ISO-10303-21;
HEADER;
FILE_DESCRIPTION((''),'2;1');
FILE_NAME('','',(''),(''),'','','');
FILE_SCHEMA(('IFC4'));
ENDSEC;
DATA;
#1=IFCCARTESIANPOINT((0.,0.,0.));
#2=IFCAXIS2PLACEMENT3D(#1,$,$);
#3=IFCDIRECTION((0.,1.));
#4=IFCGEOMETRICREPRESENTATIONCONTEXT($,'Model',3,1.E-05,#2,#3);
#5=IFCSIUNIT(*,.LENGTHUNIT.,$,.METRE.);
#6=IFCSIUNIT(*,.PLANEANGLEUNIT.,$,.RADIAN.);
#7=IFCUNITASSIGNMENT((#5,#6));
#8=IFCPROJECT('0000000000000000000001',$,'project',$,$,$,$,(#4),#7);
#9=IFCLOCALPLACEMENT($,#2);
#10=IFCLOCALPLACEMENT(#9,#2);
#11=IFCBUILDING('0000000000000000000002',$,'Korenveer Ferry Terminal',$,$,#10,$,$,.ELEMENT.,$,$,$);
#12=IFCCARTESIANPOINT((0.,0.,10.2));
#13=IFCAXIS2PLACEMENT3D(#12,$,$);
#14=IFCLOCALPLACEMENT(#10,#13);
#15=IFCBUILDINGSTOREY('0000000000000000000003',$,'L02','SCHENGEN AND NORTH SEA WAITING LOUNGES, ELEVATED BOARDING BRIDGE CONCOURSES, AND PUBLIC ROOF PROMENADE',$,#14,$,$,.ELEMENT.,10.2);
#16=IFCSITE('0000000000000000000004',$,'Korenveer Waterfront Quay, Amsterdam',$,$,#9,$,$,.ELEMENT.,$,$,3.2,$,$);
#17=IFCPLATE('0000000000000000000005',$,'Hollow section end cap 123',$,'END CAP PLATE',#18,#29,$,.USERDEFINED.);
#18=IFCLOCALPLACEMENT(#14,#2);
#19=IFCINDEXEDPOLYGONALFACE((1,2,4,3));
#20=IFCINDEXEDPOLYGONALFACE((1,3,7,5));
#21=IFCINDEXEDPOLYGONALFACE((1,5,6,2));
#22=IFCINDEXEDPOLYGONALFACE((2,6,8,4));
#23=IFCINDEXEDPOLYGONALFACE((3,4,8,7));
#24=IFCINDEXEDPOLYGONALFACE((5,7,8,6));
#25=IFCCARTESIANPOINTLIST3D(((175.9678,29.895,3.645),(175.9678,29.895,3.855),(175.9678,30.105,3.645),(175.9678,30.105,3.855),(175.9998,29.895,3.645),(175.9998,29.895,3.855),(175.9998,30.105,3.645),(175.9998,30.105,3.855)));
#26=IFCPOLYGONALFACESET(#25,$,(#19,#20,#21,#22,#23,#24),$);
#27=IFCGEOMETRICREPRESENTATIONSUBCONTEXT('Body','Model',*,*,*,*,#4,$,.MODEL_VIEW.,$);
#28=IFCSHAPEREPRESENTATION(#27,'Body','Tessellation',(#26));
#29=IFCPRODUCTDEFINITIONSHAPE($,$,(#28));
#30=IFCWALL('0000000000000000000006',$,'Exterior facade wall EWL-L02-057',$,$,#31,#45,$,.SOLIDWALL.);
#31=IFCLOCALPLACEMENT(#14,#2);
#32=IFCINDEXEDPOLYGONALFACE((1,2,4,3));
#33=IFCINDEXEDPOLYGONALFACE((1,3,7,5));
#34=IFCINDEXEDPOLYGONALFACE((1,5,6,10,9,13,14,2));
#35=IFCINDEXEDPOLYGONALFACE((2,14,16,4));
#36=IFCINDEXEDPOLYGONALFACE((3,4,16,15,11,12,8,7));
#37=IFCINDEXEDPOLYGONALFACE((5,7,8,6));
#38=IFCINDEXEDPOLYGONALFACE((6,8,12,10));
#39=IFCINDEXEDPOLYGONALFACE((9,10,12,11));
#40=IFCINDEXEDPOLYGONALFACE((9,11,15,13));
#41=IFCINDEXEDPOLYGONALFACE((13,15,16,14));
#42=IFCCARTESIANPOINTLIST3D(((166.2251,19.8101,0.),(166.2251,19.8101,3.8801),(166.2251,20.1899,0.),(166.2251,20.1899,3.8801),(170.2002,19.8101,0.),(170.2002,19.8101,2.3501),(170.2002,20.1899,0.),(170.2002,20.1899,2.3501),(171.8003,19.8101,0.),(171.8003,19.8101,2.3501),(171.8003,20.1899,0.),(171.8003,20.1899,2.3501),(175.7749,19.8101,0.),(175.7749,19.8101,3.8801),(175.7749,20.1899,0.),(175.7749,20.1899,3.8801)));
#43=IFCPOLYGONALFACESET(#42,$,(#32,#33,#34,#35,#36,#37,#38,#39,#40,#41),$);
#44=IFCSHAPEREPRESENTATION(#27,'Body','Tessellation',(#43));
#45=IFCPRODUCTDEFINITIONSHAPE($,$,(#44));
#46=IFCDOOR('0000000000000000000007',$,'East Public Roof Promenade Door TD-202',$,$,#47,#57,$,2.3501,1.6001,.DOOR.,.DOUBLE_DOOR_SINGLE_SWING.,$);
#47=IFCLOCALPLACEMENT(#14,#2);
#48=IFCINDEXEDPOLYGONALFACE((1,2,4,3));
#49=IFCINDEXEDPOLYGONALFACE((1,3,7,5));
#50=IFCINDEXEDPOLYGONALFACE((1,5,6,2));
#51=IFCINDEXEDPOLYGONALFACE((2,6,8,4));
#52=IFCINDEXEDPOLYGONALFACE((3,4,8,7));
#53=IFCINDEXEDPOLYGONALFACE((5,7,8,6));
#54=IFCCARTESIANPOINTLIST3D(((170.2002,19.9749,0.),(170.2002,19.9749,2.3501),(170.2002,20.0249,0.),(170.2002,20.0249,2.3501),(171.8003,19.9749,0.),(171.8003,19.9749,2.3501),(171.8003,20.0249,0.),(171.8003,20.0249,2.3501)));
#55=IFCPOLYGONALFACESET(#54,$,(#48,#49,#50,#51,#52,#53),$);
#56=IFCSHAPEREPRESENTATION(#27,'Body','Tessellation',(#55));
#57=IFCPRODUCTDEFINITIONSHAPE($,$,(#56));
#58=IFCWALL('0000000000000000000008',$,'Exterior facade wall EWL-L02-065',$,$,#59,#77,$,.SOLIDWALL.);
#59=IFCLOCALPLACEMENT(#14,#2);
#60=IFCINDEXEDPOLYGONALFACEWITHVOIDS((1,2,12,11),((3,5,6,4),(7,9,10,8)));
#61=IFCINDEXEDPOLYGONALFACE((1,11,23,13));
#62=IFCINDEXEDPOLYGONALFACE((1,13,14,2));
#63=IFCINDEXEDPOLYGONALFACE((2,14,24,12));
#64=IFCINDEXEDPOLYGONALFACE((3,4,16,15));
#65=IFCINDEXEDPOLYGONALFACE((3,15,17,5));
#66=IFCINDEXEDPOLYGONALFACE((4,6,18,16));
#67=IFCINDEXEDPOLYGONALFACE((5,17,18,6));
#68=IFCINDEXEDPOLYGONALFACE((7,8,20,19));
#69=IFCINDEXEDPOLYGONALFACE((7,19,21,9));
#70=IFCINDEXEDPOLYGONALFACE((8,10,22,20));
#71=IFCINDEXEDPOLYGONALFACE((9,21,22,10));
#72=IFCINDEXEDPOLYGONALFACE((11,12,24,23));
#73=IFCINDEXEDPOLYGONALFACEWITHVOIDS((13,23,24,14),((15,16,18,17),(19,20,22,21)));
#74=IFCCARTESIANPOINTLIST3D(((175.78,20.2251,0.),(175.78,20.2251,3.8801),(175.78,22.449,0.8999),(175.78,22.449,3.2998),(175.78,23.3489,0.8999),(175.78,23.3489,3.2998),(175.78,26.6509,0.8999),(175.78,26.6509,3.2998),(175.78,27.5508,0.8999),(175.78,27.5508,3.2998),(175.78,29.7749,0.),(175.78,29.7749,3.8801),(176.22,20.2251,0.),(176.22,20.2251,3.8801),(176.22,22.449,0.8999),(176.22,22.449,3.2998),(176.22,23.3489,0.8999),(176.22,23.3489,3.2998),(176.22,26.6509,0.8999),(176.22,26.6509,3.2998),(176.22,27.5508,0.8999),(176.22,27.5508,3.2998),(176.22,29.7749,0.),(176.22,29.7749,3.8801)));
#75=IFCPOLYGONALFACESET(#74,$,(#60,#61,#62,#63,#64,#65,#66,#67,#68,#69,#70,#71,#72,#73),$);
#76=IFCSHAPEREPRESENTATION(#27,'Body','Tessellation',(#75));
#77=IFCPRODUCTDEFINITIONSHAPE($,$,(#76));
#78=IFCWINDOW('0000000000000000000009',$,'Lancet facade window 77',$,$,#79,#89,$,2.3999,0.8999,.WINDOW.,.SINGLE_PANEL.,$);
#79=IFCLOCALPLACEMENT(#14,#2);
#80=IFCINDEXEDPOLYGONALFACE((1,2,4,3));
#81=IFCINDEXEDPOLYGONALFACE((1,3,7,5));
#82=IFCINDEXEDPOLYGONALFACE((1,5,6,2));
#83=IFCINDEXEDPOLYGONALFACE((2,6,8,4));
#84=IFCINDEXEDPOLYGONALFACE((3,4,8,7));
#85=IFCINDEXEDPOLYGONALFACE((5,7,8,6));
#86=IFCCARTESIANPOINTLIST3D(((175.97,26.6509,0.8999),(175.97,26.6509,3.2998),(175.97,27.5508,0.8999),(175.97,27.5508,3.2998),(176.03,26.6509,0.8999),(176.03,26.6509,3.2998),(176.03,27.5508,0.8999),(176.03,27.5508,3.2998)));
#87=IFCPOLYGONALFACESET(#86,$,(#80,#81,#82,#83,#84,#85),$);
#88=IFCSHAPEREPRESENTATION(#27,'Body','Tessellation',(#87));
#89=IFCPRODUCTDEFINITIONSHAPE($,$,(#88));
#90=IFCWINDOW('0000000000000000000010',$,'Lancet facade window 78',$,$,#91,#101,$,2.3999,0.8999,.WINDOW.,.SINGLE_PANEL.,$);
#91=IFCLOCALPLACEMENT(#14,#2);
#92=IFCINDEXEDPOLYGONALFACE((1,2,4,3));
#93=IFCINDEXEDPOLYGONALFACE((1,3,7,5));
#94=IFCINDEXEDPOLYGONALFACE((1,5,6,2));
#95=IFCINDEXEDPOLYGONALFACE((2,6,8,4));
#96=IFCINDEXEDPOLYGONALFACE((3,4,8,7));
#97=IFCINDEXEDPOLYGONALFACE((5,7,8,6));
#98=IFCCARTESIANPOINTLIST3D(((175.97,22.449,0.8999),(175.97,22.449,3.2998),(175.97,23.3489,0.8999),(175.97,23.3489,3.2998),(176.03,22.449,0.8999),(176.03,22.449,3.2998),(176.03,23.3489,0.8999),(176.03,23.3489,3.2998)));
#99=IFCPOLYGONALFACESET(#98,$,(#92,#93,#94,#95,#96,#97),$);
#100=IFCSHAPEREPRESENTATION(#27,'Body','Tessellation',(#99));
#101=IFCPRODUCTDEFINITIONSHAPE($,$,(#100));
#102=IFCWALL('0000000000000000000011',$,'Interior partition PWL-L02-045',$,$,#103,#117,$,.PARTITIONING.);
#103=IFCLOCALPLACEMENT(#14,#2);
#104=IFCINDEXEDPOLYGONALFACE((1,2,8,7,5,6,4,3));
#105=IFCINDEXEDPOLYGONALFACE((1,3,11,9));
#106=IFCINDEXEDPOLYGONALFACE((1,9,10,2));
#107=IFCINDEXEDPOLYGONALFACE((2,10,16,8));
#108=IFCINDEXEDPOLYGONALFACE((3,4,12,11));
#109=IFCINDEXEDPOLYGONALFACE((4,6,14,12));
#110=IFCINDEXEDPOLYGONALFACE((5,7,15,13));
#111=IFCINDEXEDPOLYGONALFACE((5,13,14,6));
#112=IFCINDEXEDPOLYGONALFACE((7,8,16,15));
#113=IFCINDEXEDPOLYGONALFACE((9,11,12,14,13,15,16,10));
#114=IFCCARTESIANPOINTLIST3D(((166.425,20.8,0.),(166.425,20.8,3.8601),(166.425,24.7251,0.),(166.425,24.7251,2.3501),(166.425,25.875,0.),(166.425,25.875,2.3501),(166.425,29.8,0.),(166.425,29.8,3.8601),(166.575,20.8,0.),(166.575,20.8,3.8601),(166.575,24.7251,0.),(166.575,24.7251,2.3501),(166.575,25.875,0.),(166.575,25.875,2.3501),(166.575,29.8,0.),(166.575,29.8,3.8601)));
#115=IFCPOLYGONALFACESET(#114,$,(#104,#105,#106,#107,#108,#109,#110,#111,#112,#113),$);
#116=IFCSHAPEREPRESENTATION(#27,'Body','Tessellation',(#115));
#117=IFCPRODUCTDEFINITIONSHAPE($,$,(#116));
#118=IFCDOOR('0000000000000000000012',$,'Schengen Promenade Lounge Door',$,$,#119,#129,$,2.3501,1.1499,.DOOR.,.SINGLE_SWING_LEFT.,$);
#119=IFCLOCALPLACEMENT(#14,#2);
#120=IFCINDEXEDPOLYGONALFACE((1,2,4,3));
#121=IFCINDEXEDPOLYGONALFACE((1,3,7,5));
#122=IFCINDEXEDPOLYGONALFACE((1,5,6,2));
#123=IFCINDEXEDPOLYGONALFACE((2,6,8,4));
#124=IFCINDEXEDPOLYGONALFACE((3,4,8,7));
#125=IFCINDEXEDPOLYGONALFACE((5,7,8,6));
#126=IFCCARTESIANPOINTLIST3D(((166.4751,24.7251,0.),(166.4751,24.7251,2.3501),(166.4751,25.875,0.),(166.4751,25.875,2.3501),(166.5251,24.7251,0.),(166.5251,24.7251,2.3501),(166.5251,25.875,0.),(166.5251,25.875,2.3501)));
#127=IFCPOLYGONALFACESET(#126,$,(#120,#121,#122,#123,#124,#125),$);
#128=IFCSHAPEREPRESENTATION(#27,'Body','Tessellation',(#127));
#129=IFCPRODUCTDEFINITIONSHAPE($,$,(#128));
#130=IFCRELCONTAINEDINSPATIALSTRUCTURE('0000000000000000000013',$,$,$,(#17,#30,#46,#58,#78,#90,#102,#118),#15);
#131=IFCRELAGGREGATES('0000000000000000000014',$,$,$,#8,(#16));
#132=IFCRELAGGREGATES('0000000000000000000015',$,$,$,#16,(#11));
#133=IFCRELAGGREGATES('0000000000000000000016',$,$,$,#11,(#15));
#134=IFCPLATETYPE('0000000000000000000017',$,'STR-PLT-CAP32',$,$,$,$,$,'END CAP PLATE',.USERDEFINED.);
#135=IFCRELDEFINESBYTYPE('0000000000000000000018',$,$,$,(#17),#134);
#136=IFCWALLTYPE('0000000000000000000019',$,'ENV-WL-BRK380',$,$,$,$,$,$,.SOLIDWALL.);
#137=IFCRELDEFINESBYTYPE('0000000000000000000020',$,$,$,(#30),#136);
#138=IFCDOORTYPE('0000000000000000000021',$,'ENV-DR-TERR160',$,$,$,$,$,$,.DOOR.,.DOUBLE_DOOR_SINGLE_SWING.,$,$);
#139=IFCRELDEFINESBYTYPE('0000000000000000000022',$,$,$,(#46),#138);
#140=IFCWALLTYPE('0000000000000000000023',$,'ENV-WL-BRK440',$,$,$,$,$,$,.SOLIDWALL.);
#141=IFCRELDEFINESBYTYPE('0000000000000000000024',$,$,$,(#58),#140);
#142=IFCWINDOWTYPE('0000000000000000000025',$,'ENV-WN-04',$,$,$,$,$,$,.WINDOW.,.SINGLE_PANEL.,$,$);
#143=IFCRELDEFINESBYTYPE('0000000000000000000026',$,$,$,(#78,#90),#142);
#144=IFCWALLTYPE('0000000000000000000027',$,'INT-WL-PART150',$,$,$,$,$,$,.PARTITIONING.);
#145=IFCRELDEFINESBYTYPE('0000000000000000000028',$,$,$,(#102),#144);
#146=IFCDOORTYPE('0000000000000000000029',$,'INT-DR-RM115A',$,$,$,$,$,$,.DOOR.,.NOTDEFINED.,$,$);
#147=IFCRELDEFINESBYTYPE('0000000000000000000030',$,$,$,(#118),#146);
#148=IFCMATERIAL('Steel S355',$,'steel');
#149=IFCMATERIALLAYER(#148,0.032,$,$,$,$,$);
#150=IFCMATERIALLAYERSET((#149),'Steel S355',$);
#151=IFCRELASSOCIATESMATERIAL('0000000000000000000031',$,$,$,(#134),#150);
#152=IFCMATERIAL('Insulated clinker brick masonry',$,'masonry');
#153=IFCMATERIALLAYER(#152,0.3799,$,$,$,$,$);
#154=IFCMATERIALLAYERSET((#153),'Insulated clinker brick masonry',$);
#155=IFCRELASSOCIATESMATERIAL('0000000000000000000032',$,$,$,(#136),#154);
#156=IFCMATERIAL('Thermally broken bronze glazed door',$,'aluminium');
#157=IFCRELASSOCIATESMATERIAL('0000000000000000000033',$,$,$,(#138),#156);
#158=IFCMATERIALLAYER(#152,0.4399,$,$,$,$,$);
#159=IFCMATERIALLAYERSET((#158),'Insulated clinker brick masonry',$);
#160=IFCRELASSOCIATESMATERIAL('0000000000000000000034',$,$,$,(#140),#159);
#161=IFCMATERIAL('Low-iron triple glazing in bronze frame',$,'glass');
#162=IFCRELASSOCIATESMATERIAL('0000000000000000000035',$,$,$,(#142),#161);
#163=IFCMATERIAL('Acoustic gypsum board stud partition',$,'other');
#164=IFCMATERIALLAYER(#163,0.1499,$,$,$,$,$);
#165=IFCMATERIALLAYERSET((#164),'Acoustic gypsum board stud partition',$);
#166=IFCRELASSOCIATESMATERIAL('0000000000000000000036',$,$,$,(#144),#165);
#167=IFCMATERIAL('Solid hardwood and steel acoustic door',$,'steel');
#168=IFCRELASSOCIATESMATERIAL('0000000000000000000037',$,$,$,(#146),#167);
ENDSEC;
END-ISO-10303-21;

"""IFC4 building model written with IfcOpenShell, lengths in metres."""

from ifc_helpers import new_model, si_unit, direction, frame, frame_2d, origin, origin_2d, place, context, subcontext, project, spatial, rectangle, extrude, material, layer, layer_set, type_object, element, fill, save


model = new_model("IFC4")

# Units and contexts
model_context = context("Model", 3, precision=1e-05, world=origin(), true_north=direction((0.0, 1.0)))
body_context = subcontext(model_context, "Body", "Model", "MODEL_VIEW")
ifc_project = project(units=[si_unit("LENGTHUNIT", "METRE"), si_unit("PLANEANGLEUNIT", "RADIAN")], contexts=[model_context])

# Site, building, storey
site_placement = place(None, origin())
site = spatial("IfcSite", under=ifc_project, at=site_placement, Name="Korenveer Waterfront Quay, Amsterdam", CompositionType="ELEMENT", RefElevation=3.2)
building_placement = place(site_placement, origin())
building = spatial("IfcBuilding", under=site, at=building_placement, Name="Korenveer Ferry Terminal", CompositionType="ELEMENT")
storey_placement = place(building_placement, frame((0.0, 0.0, 10.2)))
storey = spatial("IfcBuildingStorey", under=building, at=storey_placement, Name="L02", Description="SCHENGEN AND NORTH SEA WAITING LOUNGES, ELEVATED BOARDING BRIDGE CONCOURSES, AND PUBLIC ROOF PROMENADE", CompositionType="ELEMENT", Elevation=10.2)

# Shared definitions
ifc_material_1 = material(Name="Steel S355", Category="steel")

# Plate
ifc_layer_1 = layer(ifc_material_1, 0.032)
ifc_layer_set_1 = layer_set([ifc_layer_1], Name="Steel S355")
plate_type_1 = type_object("IfcPlateType", Name="STR-PLT-CAP32", ElementType="END CAP PLATE", PredefinedType="USERDEFINED", material=ifc_layer_set_1)
for number, where, z_axis, x_axis, name in (
    (1, (175.9678, 30.0, 3.75), (1.0, 0.0, 0.0), (0.0, 1.0, 0.0), "Hollow section end cap 123"),
):
    element("IfcPlate", number, at=place(storey_placement, frame(where, z_axis=z_axis, x_axis=x_axis)), inside=storey, type_object=plate_type_1, Name=name, ObjectType="END CAP PLATE", PredefinedType="USERDEFINED", context=body_context, shape_type="SweptSolid", body=[
        extrude(rectangle(XDim=0.21, YDim=0.21, at=origin_2d()), origin(), (0.0, 0.0, 1.0), 0.032),
    ])

# Wall, opening, door
ifc_material_2 = material(Name="Insulated clinker brick masonry", Category="masonry")
ifc_layer_2 = layer(ifc_material_2, 0.3799)
ifc_layer_set_2 = layer_set([ifc_layer_2], Name="Insulated clinker brick masonry")
wall_type_1 = type_object("IfcWallType", Name="ENV-WL-BRK380", PredefinedType="SOLIDWALL", material=ifc_layer_set_2)
wall_1_placement = place(storey_placement, frame((166.2251, 20.0, 0.0), z_axis=(0.0, 0.0, 1.0), x_axis=(1.0, 0.0, 0.0)))
wall_1 = element("IfcWall", 2, at=wall_1_placement, inside=storey, type_object=wall_type_1, Name="Exterior facade wall EWL-L02-057", PredefinedType="SOLIDWALL", context=body_context, shape_type="SweptSolid", body=[
    extrude(rectangle(XDim=9.5498, YDim=0.3799, at=frame_2d((4.7749, 0.0))), origin(), (0.0, 0.0, 1.0), 3.8801),
])
opening_1_placement = place(wall_1_placement, frame((3.9751, 0.0, 0.0)))
opening_1 = element("IfcOpeningElement", 3, at=opening_1_placement, cuts=wall_1, PredefinedType="OPENING", context=body_context, shape_type="SweptSolid", body=[
    extrude(rectangle(XDim=1.6001, YDim=2.3501, at=frame_2d((0.8, 1.175))), frame((0.0, 0.2, 0.0), z_axis=(0.0, -1.0, 0.0), x_axis=(1.0, 0.0, 0.0)), (0.0, 0.0, 1.0), 0.3999),
])
ifc_material_3 = material(Name="Thermally broken bronze glazed door", Category="aluminium")
door_type_1 = type_object("IfcDoorType", Name="ENV-DR-TERR160", OperationType="DOUBLE_DOOR_SINGLE_SWING", PredefinedType="DOOR", material=ifc_material_3)
door_1_placement = place(opening_1_placement, origin())
door_1 = element("IfcDoor", 4, at=door_1_placement, inside=storey, type_object=door_type_1, Name="East Public Roof Promenade Door TD-202", OperationType="DOUBLE_DOOR_SINGLE_SWING", OverallHeight=2.3501, OverallWidth=1.6001, PredefinedType="DOOR", context=body_context, shape_type="SweptSolid", body=[
    extrude(rectangle(XDim=1.6001, YDim=2.3501, at=frame_2d((0.8, 1.175))), frame((0.0, 0.0249, 0.0), z_axis=(0.0, -1.0, 0.0), x_axis=(1.0, 0.0, 0.0)), (0.0, 0.0, 1.0), 0.05),
])
fill(opening_1, door_1)

# Wall, openings, windows
ifc_layer_3 = layer(ifc_material_2, 0.4399)
ifc_layer_set_3 = layer_set([ifc_layer_3], Name="Insulated clinker brick masonry")
wall_type_2 = type_object("IfcWallType", Name="ENV-WL-BRK440", PredefinedType="SOLIDWALL", material=ifc_layer_set_3)
wall_2_placement = place(storey_placement, frame((176.0, 29.7749, 0.0), z_axis=(0.0, 0.0, 1.0), x_axis=(0.0, -1.0, 0.0)))
wall_2 = element("IfcWall", 5, at=wall_2_placement, inside=storey, type_object=wall_type_2, Name="Exterior facade wall EWL-L02-065", PredefinedType="SOLIDWALL", context=body_context, shape_type="SweptSolid", body=[
    extrude(rectangle(XDim=9.5498, YDim=0.4399, at=frame_2d((4.7749, 0.0))), origin(), (0.0, 0.0, 1.0), 3.8801),
])
opening_2_placement = place(wall_2_placement, frame((2.2241, 0.0, 0.8999)))
opening_2 = element("IfcOpeningElement", 6, at=opening_2_placement, cuts=wall_2, PredefinedType="OPENING", context=body_context, shape_type="SweptSolid", body=[
    extrude(rectangle(XDim=0.8999, YDim=2.3999, at=frame_2d((0.45, 1.2))), frame((0.0, 0.23, 0.0), z_axis=(0.0, -1.0, 0.0), x_axis=(1.0, 0.0, 0.0)), (0.0, 0.0, 1.0), 0.46),
])
opening_3_placement = place(wall_2_placement, frame((6.426, 0.0, 0.8999)))
opening_3 = element("IfcOpeningElement", 7, at=opening_3_placement, cuts=wall_2, PredefinedType="OPENING", context=body_context, shape_type="SweptSolid", body=[
    extrude(rectangle(XDim=0.8999, YDim=2.3999, at=frame_2d((0.45, 1.2))), frame((0.0, 0.23, 0.0), z_axis=(0.0, -1.0, 0.0), x_axis=(1.0, 0.0, 0.0)), (0.0, 0.0, 1.0), 0.46),
])
ifc_material_4 = material(Name="Low-iron triple glazing in bronze frame", Category="glass")
window_type = type_object("IfcWindowType", Name="ENV-WN-04", PartitioningType="SINGLE_PANEL", PredefinedType="WINDOW", material=ifc_material_4)
window_1_placement = place(opening_2_placement, origin())
window_1 = element("IfcWindow", 8, at=window_1_placement, inside=storey, type_object=window_type, Name="Lancet facade window 77", OverallHeight=2.3999, OverallWidth=0.8999, PartitioningType="SINGLE_PANEL", PredefinedType="WINDOW", context=body_context, shape_type="SweptSolid", body=[
    extrude(rectangle(XDim=0.8999, YDim=2.3999, at=frame_2d((0.45, 1.2))), frame((0.0, 0.03, 0.0), z_axis=(0.0, -1.0, 0.0), x_axis=(1.0, 0.0, 0.0)), (0.0, 0.0, 1.0), 0.0601),
])
fill(opening_2, window_1)
window_2_placement = place(opening_3_placement, origin())
window_2 = element("IfcWindow", 9, at=window_2_placement, inside=storey, type_object=window_type, Name="Lancet facade window 78", OverallHeight=2.3999, OverallWidth=0.8999, PartitioningType="SINGLE_PANEL", PredefinedType="WINDOW", context=body_context, shape_type="SweptSolid", body=[
    extrude(rectangle(XDim=0.8999, YDim=2.3999, at=frame_2d((0.45, 1.2))), frame((0.0, 0.03, 0.0), z_axis=(0.0, -1.0, 0.0), x_axis=(1.0, 0.0, 0.0)), (0.0, 0.0, 1.0), 0.0601),
])
fill(opening_3, window_2)

# Wall, opening, door
ifc_material_5 = material(Name="Acoustic gypsum board stud partition", Category="other")
ifc_layer_4 = layer(ifc_material_5, 0.1499)
ifc_layer_set_4 = layer_set([ifc_layer_4], Name="Acoustic gypsum board stud partition")
wall_type_3 = type_object("IfcWallType", Name="INT-WL-PART150", PredefinedType="PARTITIONING", material=ifc_layer_set_4)
wall_3_placement = place(storey_placement, frame((166.5, 20.8, 0.0), z_axis=(0.0, 0.0, 1.0), x_axis=(0.0, 1.0, 0.0)))
wall_3 = element("IfcWall", 10, at=wall_3_placement, inside=storey, type_object=wall_type_3, Name="Interior partition PWL-L02-045", PredefinedType="PARTITIONING", context=body_context, shape_type="SweptSolid", body=[
    extrude(rectangle(XDim=9.0, YDim=0.1499, at=frame_2d((4.5, 0.0))), origin(), (0.0, 0.0, 1.0), 3.8601),
])
opening_4_placement = place(wall_3_placement, frame((3.925, 0.0, 0.0)))
opening_4 = element("IfcOpeningElement", 11, at=opening_4_placement, cuts=wall_3, PredefinedType="OPENING", context=body_context, shape_type="SweptSolid", body=[
    extrude(rectangle(XDim=1.1499, YDim=2.3501, at=frame_2d((0.575, 1.175))), frame((0.0, 0.085, 0.0), z_axis=(0.0, -1.0, 0.0), x_axis=(1.0, 0.0, 0.0)), (0.0, 0.0, 1.0), 0.1699),
])
ifc_material_6 = material(Name="Solid hardwood and steel acoustic door", Category="steel")
door_type_2 = type_object("IfcDoorType", Name="INT-DR-RM115A", OperationType="NOTDEFINED", PredefinedType="DOOR", material=ifc_material_6)
door_2_placement = place(opening_4_placement, origin())
door_2 = element("IfcDoor", 12, at=door_2_placement, inside=storey, type_object=door_type_2, Name="Schengen Promenade Lounge Door", OperationType="SINGLE_SWING_LEFT", OverallHeight=2.3501, OverallWidth=1.1499, PredefinedType="DOOR", context=body_context, shape_type="SweptSolid", body=[
    extrude(rectangle(XDim=1.1499, YDim=2.3501, at=frame_2d((0.575, 1.175))), frame((0.0, 0.0249, 0.0), z_axis=(0.0, -1.0, 0.0), x_axis=(1.0, 0.0, 0.0)), (0.0, 0.0, 1.0), 0.05),
])
fill(opening_4, door_2)

save(model, "model.ifc")
